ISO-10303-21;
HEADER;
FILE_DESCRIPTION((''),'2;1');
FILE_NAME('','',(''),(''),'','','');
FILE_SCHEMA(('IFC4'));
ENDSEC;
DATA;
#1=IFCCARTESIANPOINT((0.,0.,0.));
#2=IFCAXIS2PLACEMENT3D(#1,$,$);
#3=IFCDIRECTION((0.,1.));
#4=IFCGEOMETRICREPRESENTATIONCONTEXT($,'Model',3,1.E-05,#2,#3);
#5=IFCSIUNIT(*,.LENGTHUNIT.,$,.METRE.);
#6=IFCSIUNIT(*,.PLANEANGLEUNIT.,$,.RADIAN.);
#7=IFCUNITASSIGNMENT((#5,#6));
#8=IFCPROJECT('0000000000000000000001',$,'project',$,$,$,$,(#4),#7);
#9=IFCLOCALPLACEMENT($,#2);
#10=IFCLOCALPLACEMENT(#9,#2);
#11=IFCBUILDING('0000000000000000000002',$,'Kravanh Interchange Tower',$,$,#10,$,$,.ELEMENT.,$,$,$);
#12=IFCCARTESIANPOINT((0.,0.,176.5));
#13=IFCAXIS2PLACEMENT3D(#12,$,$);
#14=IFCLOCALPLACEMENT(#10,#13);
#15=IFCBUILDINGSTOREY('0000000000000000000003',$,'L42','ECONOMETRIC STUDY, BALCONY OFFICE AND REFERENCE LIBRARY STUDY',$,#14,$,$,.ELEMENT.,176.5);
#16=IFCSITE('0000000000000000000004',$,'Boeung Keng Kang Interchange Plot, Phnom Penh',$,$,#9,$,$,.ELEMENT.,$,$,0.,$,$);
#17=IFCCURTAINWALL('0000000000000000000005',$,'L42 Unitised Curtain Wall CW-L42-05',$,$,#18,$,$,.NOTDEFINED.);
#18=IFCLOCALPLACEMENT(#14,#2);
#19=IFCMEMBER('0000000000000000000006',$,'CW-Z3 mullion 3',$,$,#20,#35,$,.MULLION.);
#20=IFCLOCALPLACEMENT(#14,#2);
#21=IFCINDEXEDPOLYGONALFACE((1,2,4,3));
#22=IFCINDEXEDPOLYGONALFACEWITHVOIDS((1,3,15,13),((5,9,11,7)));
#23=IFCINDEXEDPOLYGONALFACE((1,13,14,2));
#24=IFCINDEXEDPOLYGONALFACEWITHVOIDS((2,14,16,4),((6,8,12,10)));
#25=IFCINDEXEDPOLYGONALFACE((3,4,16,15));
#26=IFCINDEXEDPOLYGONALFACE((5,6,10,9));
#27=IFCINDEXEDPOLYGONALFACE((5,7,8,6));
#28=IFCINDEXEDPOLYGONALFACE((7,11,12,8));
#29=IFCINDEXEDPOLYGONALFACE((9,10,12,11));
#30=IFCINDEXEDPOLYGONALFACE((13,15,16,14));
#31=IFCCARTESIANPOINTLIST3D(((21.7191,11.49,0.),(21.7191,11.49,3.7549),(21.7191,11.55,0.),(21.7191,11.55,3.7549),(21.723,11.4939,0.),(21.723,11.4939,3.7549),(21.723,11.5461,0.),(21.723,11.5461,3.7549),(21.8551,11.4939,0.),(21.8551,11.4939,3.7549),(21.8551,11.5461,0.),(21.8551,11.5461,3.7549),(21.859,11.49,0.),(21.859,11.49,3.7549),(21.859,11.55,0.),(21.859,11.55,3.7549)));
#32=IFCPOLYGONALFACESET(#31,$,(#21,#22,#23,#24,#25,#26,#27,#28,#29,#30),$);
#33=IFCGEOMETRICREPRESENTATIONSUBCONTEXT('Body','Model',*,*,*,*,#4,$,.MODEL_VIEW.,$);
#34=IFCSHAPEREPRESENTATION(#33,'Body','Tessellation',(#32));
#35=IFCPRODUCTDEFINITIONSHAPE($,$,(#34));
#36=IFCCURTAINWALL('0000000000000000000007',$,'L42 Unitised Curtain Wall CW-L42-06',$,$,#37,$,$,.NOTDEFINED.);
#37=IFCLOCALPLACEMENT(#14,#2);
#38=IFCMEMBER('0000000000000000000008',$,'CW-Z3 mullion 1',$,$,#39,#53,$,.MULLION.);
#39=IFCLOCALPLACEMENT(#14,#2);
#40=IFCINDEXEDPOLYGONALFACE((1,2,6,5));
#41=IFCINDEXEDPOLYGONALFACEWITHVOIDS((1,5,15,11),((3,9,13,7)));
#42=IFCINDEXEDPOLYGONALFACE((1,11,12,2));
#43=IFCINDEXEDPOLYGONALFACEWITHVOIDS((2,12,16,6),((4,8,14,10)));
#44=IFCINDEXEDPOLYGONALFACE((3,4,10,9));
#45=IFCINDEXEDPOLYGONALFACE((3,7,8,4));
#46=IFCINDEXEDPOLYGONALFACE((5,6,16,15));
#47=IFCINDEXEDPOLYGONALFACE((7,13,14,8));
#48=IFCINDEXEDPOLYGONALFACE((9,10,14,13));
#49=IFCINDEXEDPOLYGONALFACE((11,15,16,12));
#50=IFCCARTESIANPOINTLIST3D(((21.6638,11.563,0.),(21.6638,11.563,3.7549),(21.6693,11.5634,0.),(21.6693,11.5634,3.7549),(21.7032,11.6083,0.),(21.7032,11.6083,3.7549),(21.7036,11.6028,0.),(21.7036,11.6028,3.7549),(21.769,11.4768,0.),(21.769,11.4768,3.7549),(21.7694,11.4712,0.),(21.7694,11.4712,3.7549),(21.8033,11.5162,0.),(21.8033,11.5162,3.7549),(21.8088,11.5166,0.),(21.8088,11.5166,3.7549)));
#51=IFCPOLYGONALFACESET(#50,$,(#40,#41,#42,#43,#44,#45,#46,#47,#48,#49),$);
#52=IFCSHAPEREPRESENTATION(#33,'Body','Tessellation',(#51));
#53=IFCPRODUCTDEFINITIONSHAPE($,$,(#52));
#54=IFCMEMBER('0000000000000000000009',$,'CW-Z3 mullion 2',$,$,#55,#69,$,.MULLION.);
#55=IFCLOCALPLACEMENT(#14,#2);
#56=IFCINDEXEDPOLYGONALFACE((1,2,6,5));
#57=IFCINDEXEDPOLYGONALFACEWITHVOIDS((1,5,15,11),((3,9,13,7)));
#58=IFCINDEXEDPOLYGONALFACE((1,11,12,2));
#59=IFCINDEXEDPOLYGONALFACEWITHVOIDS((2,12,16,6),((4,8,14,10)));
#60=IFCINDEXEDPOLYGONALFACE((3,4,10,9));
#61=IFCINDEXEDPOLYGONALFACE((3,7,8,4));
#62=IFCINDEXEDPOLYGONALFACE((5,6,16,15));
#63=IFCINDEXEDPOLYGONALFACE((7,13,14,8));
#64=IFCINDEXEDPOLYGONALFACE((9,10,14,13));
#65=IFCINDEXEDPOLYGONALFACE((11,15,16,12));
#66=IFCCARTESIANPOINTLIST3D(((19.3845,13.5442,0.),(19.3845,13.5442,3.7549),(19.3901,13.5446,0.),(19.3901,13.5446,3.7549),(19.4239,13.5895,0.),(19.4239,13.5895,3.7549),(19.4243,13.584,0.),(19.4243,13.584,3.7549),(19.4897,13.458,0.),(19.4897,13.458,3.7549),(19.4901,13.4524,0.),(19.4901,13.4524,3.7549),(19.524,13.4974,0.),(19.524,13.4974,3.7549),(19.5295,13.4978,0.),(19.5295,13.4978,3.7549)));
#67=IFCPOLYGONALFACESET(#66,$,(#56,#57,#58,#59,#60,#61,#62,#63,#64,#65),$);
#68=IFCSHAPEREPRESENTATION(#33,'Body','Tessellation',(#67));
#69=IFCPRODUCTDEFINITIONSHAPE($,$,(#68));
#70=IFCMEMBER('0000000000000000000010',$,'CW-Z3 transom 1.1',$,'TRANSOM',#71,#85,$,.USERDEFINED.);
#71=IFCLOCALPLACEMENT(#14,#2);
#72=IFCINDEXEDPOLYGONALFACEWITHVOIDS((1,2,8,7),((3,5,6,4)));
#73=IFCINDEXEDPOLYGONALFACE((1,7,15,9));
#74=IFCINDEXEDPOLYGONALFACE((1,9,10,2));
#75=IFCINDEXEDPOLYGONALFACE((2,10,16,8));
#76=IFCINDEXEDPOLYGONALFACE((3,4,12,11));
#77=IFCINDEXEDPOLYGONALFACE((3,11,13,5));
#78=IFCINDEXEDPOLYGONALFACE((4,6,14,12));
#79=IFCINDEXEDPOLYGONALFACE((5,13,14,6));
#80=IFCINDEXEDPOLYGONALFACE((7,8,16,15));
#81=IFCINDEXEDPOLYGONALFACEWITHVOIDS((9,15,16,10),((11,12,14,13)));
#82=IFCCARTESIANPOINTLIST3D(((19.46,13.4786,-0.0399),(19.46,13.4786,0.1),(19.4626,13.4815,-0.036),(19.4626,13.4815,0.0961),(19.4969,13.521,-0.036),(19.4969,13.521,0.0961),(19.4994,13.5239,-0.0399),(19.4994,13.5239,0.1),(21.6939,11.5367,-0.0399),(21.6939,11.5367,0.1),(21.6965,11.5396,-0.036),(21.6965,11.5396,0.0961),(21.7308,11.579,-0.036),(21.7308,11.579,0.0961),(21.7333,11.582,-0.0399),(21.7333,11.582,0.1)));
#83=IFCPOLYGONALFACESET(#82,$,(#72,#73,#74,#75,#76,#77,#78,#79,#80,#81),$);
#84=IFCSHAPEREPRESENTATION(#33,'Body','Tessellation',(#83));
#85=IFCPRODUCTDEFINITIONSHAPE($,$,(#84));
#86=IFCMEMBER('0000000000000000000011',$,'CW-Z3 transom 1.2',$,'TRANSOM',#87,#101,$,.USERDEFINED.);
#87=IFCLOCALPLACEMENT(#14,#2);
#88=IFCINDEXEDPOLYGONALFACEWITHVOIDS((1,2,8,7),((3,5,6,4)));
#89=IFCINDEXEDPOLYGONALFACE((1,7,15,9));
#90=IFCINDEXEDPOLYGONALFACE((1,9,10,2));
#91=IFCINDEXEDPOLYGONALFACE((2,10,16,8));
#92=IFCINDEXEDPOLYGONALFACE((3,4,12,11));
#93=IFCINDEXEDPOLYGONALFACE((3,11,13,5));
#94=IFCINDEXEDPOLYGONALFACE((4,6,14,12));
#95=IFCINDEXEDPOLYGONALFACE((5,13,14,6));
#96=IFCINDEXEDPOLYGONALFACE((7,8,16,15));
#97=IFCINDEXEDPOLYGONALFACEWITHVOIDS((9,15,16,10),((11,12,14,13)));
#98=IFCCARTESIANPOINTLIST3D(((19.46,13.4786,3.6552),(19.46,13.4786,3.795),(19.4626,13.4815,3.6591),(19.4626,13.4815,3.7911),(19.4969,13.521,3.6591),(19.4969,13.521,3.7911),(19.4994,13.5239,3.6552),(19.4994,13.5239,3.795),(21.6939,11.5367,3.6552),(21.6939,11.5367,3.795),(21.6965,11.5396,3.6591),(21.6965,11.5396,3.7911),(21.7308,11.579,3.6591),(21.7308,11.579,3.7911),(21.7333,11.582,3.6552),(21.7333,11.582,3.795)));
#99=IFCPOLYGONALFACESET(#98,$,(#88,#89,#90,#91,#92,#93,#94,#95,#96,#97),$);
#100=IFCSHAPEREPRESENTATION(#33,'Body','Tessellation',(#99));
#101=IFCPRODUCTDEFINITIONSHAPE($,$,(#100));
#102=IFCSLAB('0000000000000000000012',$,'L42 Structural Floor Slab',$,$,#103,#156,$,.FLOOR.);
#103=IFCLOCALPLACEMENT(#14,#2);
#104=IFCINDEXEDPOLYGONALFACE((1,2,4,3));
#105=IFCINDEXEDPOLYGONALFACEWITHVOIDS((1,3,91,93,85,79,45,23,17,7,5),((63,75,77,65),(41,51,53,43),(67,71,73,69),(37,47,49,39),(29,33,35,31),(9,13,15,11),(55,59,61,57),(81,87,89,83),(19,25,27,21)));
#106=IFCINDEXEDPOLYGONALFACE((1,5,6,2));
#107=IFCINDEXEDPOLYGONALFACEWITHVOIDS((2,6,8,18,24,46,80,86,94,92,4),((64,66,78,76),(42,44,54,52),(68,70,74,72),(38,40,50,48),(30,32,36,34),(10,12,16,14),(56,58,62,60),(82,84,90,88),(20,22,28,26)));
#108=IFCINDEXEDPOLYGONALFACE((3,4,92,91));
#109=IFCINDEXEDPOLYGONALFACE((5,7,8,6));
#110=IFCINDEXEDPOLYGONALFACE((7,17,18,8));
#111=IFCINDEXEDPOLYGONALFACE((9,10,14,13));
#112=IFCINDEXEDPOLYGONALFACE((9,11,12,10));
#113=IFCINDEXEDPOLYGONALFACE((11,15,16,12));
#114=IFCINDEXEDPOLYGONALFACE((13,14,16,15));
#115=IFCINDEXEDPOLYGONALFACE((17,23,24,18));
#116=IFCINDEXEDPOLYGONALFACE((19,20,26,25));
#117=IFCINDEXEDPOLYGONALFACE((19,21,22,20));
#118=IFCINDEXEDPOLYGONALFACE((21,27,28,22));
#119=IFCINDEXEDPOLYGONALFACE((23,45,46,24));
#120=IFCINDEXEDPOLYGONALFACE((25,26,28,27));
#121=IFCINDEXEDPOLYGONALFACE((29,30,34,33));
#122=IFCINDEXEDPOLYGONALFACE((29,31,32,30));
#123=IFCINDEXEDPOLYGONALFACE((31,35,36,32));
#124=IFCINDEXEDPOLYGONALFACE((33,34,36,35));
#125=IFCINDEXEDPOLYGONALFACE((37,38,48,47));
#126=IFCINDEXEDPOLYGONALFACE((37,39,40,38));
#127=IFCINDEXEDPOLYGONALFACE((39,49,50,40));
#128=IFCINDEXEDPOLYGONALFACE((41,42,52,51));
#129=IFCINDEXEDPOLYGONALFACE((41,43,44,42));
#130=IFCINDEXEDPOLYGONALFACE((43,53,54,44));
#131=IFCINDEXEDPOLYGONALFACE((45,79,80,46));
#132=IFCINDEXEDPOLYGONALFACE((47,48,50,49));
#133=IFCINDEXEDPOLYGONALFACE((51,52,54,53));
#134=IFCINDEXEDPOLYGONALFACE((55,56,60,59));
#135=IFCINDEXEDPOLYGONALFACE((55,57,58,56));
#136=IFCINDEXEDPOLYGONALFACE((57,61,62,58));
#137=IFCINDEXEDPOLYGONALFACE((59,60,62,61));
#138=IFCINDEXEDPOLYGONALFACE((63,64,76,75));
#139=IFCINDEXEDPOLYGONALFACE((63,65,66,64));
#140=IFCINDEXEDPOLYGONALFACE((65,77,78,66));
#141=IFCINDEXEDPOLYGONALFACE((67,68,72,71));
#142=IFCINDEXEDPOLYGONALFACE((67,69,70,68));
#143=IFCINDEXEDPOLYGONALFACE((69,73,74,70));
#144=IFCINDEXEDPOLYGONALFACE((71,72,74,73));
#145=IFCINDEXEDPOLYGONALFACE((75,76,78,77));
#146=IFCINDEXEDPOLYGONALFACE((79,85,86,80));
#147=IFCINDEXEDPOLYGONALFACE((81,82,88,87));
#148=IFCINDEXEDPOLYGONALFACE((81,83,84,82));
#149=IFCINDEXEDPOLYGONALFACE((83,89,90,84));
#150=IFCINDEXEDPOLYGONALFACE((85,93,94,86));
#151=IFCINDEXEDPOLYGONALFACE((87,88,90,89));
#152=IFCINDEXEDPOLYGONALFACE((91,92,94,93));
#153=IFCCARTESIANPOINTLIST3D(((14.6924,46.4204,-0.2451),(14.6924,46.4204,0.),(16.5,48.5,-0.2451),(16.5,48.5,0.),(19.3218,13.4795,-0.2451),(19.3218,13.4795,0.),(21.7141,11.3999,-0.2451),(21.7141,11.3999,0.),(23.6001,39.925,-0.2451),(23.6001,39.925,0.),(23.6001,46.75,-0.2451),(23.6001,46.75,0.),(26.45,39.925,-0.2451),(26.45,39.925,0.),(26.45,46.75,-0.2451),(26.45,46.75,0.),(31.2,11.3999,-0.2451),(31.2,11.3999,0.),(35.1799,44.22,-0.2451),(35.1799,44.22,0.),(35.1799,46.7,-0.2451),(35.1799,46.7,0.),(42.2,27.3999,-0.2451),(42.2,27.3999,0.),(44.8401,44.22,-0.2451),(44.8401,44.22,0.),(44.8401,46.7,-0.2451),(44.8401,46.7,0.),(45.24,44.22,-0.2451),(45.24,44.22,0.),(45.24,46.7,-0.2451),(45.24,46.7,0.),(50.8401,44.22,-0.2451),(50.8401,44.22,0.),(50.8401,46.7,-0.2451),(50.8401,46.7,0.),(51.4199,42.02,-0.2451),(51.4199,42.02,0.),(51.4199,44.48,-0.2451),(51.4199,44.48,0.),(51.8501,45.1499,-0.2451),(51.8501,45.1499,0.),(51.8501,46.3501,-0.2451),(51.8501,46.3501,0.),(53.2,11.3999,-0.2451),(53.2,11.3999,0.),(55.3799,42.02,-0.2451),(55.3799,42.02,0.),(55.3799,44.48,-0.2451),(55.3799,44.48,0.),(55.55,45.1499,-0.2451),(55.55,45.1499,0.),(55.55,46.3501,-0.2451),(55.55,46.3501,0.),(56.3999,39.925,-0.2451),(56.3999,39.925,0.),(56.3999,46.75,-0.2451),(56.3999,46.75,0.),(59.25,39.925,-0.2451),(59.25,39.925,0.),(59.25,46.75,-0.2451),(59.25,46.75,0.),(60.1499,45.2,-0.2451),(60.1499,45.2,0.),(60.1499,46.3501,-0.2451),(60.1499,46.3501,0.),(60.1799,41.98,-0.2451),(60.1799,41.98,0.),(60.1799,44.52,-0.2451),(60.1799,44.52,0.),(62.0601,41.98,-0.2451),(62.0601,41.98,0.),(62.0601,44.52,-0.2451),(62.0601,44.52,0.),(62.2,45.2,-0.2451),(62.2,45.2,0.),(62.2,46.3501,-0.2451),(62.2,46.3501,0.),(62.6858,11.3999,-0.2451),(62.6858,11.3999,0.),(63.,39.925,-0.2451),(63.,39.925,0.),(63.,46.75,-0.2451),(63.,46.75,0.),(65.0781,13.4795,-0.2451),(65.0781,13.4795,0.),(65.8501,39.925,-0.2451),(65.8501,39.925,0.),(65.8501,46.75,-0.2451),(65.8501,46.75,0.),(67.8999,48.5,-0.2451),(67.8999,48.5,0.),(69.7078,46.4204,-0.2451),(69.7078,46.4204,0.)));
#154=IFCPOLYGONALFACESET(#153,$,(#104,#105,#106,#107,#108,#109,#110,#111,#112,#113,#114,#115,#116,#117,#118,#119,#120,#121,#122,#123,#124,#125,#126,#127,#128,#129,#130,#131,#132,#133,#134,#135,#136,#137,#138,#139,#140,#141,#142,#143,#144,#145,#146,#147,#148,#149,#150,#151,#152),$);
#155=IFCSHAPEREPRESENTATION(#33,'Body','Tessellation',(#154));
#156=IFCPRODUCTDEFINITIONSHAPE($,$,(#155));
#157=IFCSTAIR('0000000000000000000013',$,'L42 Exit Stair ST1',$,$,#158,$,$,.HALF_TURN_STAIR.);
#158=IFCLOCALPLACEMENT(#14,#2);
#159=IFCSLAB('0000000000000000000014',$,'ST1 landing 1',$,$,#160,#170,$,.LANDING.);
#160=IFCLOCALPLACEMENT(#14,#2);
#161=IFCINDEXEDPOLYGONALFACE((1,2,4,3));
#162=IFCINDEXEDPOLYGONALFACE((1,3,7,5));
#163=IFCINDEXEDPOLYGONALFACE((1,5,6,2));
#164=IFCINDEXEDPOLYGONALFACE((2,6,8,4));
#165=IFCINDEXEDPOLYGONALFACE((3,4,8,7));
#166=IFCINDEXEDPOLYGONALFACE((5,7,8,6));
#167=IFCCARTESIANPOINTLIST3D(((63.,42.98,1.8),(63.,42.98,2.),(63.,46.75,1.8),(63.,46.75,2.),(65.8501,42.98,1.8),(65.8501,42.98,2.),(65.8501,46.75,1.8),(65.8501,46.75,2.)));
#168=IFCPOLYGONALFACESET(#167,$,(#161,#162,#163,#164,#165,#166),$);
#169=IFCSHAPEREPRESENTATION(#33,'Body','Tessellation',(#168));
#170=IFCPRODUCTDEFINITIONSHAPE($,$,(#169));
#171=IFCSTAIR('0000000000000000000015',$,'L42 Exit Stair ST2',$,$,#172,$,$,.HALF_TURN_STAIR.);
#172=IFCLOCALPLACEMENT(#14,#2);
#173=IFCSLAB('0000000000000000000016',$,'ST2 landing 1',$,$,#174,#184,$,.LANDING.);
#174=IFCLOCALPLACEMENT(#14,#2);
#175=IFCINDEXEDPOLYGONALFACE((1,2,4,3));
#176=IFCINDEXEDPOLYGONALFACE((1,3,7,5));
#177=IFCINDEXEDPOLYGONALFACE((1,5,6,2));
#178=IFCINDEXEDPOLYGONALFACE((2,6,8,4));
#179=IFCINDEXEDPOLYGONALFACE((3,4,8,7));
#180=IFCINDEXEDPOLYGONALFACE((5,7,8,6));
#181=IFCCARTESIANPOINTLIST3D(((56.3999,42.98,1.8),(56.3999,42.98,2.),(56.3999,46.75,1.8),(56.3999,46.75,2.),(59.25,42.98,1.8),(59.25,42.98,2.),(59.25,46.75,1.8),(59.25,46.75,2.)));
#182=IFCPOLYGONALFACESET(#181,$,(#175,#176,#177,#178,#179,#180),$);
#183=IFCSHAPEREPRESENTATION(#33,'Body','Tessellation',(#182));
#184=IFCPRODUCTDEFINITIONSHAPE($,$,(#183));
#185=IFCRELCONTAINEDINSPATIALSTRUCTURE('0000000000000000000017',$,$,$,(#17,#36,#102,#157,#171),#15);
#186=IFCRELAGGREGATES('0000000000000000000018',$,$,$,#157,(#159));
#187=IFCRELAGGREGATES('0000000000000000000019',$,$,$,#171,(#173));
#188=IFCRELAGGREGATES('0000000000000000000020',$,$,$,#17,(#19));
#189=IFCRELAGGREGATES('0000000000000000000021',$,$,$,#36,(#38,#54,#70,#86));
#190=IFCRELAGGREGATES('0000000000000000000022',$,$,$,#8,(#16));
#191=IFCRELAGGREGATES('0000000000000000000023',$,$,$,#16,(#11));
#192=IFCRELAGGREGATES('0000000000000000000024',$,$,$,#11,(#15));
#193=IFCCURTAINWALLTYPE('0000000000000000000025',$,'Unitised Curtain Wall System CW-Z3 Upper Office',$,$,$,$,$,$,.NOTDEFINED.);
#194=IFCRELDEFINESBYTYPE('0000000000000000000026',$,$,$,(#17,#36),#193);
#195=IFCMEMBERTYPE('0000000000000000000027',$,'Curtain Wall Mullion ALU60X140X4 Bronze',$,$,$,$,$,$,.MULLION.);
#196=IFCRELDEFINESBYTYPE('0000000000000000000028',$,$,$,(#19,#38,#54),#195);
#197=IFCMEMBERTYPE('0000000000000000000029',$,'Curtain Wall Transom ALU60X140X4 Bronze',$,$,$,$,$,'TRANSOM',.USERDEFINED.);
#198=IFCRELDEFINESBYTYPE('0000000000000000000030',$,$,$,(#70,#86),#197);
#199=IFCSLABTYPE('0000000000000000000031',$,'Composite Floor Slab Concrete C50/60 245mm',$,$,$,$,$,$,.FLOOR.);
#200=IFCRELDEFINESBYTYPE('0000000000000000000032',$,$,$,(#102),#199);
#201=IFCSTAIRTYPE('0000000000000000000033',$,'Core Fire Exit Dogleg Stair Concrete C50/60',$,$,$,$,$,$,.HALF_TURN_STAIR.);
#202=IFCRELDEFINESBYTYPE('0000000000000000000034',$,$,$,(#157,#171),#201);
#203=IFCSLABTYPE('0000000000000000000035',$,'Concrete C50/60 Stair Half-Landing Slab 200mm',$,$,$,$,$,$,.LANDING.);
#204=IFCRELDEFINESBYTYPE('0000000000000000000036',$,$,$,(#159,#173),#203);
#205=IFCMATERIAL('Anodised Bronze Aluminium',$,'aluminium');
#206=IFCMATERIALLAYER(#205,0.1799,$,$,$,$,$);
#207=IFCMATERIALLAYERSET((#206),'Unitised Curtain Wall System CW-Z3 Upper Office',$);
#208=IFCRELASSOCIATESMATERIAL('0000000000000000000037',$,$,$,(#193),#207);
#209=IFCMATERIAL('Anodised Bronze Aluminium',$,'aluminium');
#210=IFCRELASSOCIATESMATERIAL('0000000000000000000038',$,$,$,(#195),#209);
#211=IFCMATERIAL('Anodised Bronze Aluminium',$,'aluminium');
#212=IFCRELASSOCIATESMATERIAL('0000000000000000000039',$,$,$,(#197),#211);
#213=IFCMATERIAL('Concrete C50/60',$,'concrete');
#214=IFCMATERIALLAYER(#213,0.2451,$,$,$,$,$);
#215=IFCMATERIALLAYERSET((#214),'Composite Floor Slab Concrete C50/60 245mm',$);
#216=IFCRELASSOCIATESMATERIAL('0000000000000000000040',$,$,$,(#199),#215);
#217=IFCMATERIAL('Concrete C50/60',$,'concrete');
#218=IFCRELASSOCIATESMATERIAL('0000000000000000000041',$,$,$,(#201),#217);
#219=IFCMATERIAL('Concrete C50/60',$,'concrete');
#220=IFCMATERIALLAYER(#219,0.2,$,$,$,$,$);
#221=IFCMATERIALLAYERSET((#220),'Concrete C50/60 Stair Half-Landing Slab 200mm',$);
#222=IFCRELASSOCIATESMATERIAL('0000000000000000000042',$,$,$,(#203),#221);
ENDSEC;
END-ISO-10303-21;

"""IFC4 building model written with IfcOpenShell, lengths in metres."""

from ifc_helpers import new_model, si_unit, direction, frame, origin, origin_2d, place, context, subcontext, project, spatial, polyline, hollow_rectangle, outline, extrude, material, layer, layer_set, material_profile, profile_set, type_object, element, aggregate, save


model = new_model("IFC4")

# Units and contexts
model_context = context("Model", 3, precision=1e-05, world=origin(), true_north=direction((0.0, 1.0)))
body_context = subcontext(model_context, "Body", "Model", "MODEL_VIEW")
ifc_project = project(units=[si_unit("LENGTHUNIT", "METRE"), si_unit("PLANEANGLEUNIT", "RADIAN")], contexts=[model_context])

# Site, building, storey
site_placement = place(None, origin())
site = spatial("IfcSite", under=ifc_project, at=site_placement, Name="Boeung Keng Kang Interchange Plot, Phnom Penh", CompositionType="ELEMENT", RefElevation=0.0)
building_placement = place(site_placement, origin())
building = spatial("IfcBuilding", under=site, at=building_placement, Name="Kravanh Interchange Tower", CompositionType="ELEMENT")
storey_placement = place(building_placement, frame((0.0, 0.0, 176.5)))
storey = spatial("IfcBuildingStorey", under=building, at=storey_placement, Name="L42", Description="ECONOMETRIC STUDY, BALCONY OFFICE AND REFERENCE LIBRARY STUDY", CompositionType="ELEMENT", Elevation=176.5)

# Curtain wall, member
ifc_material_1 = material(Name="Anodised Bronze Aluminium", Category="aluminium")
ifc_layer_1 = layer(ifc_material_1, 0.1799)
ifc_layer_set_1 = layer_set([ifc_layer_1], Name="Unitised Curtain Wall System CW-Z3 Upper Office")
curtain_wall_type = type_object("IfcCurtainWallType", Name="Unitised Curtain Wall System CW-Z3 Upper Office", PredefinedType="NOTDEFINED", material=ifc_layer_set_1)
curtain_wall_1_placement = place(storey_placement, origin())
curtain_wall_1 = element("IfcCurtainWall", 1, at=curtain_wall_1_placement, inside=storey, type_object=curtain_wall_type, Name="L42 Unitised Curtain Wall CW-L42-05", PredefinedType="NOTDEFINED")
ifc_material_2 = material(Name="Anodised Bronze Aluminium", Category="aluminium")
ifc_material_profile_1 = material_profile(ifc_material_2, hollow_rectangle(XDim=0.0601, YDim=0.1399, WallThickness=0.0039, at=origin_2d()), Name="ALU60X140X4")
ifc_profile_set_1 = profile_set([ifc_material_profile_1], Name="Anodised Bronze Aluminium")
member_type_1 = type_object("IfcMemberType", Name="Curtain Wall Mullion ALU60X140X4 Bronze", PredefinedType="MULLION", material=ifc_profile_set_1)
member_1_placement = place(storey_placement, frame((21.7891, 11.52, 0.0), z_axis=(0.0, 0.0, 1.0), x_axis=(0.0, -1.0, 0.0)))
member_1 = element("IfcMember", 2, at=member_1_placement, type_object=member_type_1, Name="CW-Z3 mullion 3", PredefinedType="MULLION", context=body_context, shape_type="SweptSolid", body=[
    extrude(hollow_rectangle(XDim=0.0601, YDim=0.1399, WallThickness=0.0039, at=origin_2d()), origin(), (0.0, 0.0, 1.0), 3.7549),
])

# Curtain wall, members
curtain_wall_2_placement = place(storey_placement, origin())
curtain_wall_2 = element("IfcCurtainWall", 3, at=curtain_wall_2_placement, inside=storey, type_object=curtain_wall_type, Name="L42 Unitised Curtain Wall CW-L42-06", PredefinedType="NOTDEFINED")
member_2_placement = place(storey_placement, frame((21.7363, 11.5398, 0.0), z_axis=(0.0, 0.0, 1.0), x_axis=(-0.656051, -0.754717, 0.0)))
member_2 = element("IfcMember", 4, at=member_2_placement, type_object=member_type_1, Name="CW-Z3 mullion 1", PredefinedType="MULLION", context=body_context, shape_type="SweptSolid", body=[
    extrude(hollow_rectangle(XDim=0.0601, YDim=0.1399, WallThickness=0.0039, at=origin_2d()), origin(), (0.0, 0.0, 1.0), 3.7549),
])
member_3_placement = place(storey_placement, frame((19.457, 13.521, 0.0), z_axis=(0.0, 0.0, 1.0), x_axis=(-0.656051, -0.754717, 0.0)))
member_3 = element("IfcMember", 5, at=member_3_placement, type_object=member_type_1, Name="CW-Z3 mullion 2", PredefinedType="MULLION", context=body_context, shape_type="SweptSolid", body=[
    extrude(hollow_rectangle(XDim=0.0601, YDim=0.1399, WallThickness=0.0039, at=origin_2d()), origin(), (0.0, 0.0, 1.0), 3.7549),
])
ifc_material_3 = material(Name="Anodised Bronze Aluminium", Category="aluminium")
ifc_material_profile_2 = material_profile(ifc_material_3, hollow_rectangle(XDim=0.0601, YDim=0.1399, WallThickness=0.0039, at=origin_2d()), Name="ALU60X140X4")
ifc_profile_set_2 = profile_set([ifc_material_profile_2], Name="Anodised Bronze Aluminium")
member_type_2 = type_object("IfcMemberType", Name="Curtain Wall Transom ALU60X140X4 Bronze", ElementType="TRANSOM", PredefinedType="USERDEFINED", material=ifc_profile_set_2)
member_4_placement = place(storey_placement, frame((21.7136, 11.5593, 0.03), z_axis=(-0.754709, 0.65606, 0.0), x_axis=(-0.65606, -0.754709, 0.0)))
member_4 = element("IfcMember", 6, at=member_4_placement, type_object=member_type_2, Name="CW-Z3 transom 1.1", ObjectType="TRANSOM", PredefinedType="USERDEFINED", context=body_context, shape_type="SweptSolid", body=[
    extrude(hollow_rectangle(XDim=0.0601, YDim=0.1399, WallThickness=0.0039, at=origin_2d()), origin(), (0.0, 0.0, 1.0), 2.96),
])
member_5_placement = place(storey_placement, frame((21.7136, 11.5593, 3.7251), z_axis=(-0.754709, 0.65606, 0.0), x_axis=(-0.65606, -0.754709, 0.0)))
member_5 = element("IfcMember", 7, at=member_5_placement, type_object=member_type_2, Name="CW-Z3 transom 1.2", ObjectType="TRANSOM", PredefinedType="USERDEFINED", context=body_context, shape_type="SweptSolid", body=[
    extrude(hollow_rectangle(XDim=0.0601, YDim=0.1399, WallThickness=0.0039, at=origin_2d()), origin(), (0.0, 0.0, 1.0), 2.96),
])

# Slab
ifc_material_4 = material(Name="Concrete C50/60", Category="concrete")
ifc_layer_2 = layer(ifc_material_4, 0.2451)
ifc_layer_set_2 = layer_set([ifc_layer_2], Name="Composite Floor Slab Concrete C50/60 245mm")
slab_type_1 = type_object("IfcSlabType", Name="Composite Floor Slab Concrete C50/60 245mm", PredefinedType="FLOOR", material=ifc_layer_set_2)
slab_1_placement = place(storey_placement, frame((0.0, 0.0, -0.2451)))
element("IfcSlab", 8, at=slab_1_placement, inside=storey, type_object=slab_type_1, Name="L42 Structural Floor Slab", PredefinedType="FLOOR", context=body_context, shape_type="SweptSolid", body=[
    extrude(outline(polyline([(19.3218, 13.4795), (21.7141, 11.3999), (31.2, 11.3999), (42.2, 27.3999), (53.2, 11.3999), (62.6858, 11.3999), (65.0781, 13.4795), (69.7078, 46.4204), (67.8999, 48.5), (16.5, 48.5), (14.6924, 46.4204), (19.3218, 13.4795)]), holes=[polyline([(65.8501, 39.925), (65.8501, 46.75), (63.0, 46.75), (63.0, 39.925), (65.8501, 39.925)]), polyline([(59.25, 39.925), (59.25, 46.75), (56.3999, 46.75), (56.3999, 39.925), (59.25, 39.925)]), polyline([(26.45, 39.925), (26.45, 46.75), (23.6001, 46.75), (23.6001, 39.925), (26.45, 39.925)]), polyline([(35.1799, 44.22), (44.8401, 44.22), (44.8401, 46.7), (35.1799, 46.7), (35.1799, 44.22)]), polyline([(45.24, 44.22), (50.8401, 44.22), (50.8401, 46.7), (45.24, 46.7), (45.24, 44.22)]), polyline([(51.4199, 42.02), (55.3799, 42.02), (55.3799, 44.48), (51.4199, 44.48), (51.4199, 42.02)]), polyline([(60.1799, 41.98), (62.0601, 41.98), (62.0601, 44.52), (60.1799, 44.52), (60.1799, 41.98)]), polyline([(60.1499, 45.2), (62.2, 45.2), (62.2, 46.3501), (60.1499, 46.3501), (60.1499, 45.2)]), polyline([(51.8501, 45.1499), (55.55, 45.1499), (55.55, 46.3501), (51.8501, 46.3501), (51.8501, 45.1499)])]), origin(), (0.0, 0.0, 1.0), 0.2451),
])

# Stairs, slabs
ifc_material_5 = material(Name="Concrete C50/60", Category="concrete")
stair_type = type_object("IfcStairType", Name="Core Fire Exit Dogleg Stair Concrete C50/60", PredefinedType="HALF_TURN_STAIR", material=ifc_material_5)
stair_1_placement = place(storey_placement, origin())
stair_1 = element("IfcStair", 9, at=stair_1_placement, inside=storey, type_object=stair_type, Name="L42 Exit Stair ST1", PredefinedType="HALF_TURN_STAIR")
ifc_material_6 = material(Name="Concrete C50/60", Category="concrete")
ifc_layer_3 = layer(ifc_material_6, 0.2)
ifc_layer_set_3 = layer_set([ifc_layer_3], Name="Concrete C50/60 Stair Half-Landing Slab 200mm")
slab_type_2 = type_object("IfcSlabType", Name="Concrete C50/60 Stair Half-Landing Slab 200mm", PredefinedType="LANDING", material=ifc_layer_set_3)
slab_2_placement = place(storey_placement, frame((0.0, 0.0, 1.8)))
slab_2 = element("IfcSlab", 10, at=slab_2_placement, type_object=slab_type_2, Name="ST1 landing 1", PredefinedType="LANDING", context=body_context, shape_type="SweptSolid", body=[
    extrude(outline(polyline([(65.8501, 42.98), (65.8501, 46.75), (63.0, 46.75), (63.0, 42.98), (65.8501, 42.98)])), origin(), (0.0, 0.0, 1.0), 0.2),
])
aggregate(stair_1, [slab_2])
stair_2_placement = place(storey_placement, origin())
stair_2 = element("IfcStair", 11, at=stair_2_placement, inside=storey, type_object=stair_type, Name="L42 Exit Stair ST2", PredefinedType="HALF_TURN_STAIR")
slab_3_placement = place(storey_placement, frame((0.0, 0.0, 1.8)))
slab_3 = element("IfcSlab", 12, at=slab_3_placement, type_object=slab_type_2, Name="ST2 landing 1", PredefinedType="LANDING", context=body_context, shape_type="SweptSolid", body=[
    extrude(outline(polyline([(59.25, 42.98), (59.25, 46.75), (56.3999, 46.75), (56.3999, 42.98), (59.25, 42.98)])), origin(), (0.0, 0.0, 1.0), 0.2),
])
aggregate(stair_2, [slab_3])

aggregate(curtain_wall_1, [member_1])
aggregate(curtain_wall_2, [member_2, member_3, member_4, member_5])

save(model, "model.ifc")
